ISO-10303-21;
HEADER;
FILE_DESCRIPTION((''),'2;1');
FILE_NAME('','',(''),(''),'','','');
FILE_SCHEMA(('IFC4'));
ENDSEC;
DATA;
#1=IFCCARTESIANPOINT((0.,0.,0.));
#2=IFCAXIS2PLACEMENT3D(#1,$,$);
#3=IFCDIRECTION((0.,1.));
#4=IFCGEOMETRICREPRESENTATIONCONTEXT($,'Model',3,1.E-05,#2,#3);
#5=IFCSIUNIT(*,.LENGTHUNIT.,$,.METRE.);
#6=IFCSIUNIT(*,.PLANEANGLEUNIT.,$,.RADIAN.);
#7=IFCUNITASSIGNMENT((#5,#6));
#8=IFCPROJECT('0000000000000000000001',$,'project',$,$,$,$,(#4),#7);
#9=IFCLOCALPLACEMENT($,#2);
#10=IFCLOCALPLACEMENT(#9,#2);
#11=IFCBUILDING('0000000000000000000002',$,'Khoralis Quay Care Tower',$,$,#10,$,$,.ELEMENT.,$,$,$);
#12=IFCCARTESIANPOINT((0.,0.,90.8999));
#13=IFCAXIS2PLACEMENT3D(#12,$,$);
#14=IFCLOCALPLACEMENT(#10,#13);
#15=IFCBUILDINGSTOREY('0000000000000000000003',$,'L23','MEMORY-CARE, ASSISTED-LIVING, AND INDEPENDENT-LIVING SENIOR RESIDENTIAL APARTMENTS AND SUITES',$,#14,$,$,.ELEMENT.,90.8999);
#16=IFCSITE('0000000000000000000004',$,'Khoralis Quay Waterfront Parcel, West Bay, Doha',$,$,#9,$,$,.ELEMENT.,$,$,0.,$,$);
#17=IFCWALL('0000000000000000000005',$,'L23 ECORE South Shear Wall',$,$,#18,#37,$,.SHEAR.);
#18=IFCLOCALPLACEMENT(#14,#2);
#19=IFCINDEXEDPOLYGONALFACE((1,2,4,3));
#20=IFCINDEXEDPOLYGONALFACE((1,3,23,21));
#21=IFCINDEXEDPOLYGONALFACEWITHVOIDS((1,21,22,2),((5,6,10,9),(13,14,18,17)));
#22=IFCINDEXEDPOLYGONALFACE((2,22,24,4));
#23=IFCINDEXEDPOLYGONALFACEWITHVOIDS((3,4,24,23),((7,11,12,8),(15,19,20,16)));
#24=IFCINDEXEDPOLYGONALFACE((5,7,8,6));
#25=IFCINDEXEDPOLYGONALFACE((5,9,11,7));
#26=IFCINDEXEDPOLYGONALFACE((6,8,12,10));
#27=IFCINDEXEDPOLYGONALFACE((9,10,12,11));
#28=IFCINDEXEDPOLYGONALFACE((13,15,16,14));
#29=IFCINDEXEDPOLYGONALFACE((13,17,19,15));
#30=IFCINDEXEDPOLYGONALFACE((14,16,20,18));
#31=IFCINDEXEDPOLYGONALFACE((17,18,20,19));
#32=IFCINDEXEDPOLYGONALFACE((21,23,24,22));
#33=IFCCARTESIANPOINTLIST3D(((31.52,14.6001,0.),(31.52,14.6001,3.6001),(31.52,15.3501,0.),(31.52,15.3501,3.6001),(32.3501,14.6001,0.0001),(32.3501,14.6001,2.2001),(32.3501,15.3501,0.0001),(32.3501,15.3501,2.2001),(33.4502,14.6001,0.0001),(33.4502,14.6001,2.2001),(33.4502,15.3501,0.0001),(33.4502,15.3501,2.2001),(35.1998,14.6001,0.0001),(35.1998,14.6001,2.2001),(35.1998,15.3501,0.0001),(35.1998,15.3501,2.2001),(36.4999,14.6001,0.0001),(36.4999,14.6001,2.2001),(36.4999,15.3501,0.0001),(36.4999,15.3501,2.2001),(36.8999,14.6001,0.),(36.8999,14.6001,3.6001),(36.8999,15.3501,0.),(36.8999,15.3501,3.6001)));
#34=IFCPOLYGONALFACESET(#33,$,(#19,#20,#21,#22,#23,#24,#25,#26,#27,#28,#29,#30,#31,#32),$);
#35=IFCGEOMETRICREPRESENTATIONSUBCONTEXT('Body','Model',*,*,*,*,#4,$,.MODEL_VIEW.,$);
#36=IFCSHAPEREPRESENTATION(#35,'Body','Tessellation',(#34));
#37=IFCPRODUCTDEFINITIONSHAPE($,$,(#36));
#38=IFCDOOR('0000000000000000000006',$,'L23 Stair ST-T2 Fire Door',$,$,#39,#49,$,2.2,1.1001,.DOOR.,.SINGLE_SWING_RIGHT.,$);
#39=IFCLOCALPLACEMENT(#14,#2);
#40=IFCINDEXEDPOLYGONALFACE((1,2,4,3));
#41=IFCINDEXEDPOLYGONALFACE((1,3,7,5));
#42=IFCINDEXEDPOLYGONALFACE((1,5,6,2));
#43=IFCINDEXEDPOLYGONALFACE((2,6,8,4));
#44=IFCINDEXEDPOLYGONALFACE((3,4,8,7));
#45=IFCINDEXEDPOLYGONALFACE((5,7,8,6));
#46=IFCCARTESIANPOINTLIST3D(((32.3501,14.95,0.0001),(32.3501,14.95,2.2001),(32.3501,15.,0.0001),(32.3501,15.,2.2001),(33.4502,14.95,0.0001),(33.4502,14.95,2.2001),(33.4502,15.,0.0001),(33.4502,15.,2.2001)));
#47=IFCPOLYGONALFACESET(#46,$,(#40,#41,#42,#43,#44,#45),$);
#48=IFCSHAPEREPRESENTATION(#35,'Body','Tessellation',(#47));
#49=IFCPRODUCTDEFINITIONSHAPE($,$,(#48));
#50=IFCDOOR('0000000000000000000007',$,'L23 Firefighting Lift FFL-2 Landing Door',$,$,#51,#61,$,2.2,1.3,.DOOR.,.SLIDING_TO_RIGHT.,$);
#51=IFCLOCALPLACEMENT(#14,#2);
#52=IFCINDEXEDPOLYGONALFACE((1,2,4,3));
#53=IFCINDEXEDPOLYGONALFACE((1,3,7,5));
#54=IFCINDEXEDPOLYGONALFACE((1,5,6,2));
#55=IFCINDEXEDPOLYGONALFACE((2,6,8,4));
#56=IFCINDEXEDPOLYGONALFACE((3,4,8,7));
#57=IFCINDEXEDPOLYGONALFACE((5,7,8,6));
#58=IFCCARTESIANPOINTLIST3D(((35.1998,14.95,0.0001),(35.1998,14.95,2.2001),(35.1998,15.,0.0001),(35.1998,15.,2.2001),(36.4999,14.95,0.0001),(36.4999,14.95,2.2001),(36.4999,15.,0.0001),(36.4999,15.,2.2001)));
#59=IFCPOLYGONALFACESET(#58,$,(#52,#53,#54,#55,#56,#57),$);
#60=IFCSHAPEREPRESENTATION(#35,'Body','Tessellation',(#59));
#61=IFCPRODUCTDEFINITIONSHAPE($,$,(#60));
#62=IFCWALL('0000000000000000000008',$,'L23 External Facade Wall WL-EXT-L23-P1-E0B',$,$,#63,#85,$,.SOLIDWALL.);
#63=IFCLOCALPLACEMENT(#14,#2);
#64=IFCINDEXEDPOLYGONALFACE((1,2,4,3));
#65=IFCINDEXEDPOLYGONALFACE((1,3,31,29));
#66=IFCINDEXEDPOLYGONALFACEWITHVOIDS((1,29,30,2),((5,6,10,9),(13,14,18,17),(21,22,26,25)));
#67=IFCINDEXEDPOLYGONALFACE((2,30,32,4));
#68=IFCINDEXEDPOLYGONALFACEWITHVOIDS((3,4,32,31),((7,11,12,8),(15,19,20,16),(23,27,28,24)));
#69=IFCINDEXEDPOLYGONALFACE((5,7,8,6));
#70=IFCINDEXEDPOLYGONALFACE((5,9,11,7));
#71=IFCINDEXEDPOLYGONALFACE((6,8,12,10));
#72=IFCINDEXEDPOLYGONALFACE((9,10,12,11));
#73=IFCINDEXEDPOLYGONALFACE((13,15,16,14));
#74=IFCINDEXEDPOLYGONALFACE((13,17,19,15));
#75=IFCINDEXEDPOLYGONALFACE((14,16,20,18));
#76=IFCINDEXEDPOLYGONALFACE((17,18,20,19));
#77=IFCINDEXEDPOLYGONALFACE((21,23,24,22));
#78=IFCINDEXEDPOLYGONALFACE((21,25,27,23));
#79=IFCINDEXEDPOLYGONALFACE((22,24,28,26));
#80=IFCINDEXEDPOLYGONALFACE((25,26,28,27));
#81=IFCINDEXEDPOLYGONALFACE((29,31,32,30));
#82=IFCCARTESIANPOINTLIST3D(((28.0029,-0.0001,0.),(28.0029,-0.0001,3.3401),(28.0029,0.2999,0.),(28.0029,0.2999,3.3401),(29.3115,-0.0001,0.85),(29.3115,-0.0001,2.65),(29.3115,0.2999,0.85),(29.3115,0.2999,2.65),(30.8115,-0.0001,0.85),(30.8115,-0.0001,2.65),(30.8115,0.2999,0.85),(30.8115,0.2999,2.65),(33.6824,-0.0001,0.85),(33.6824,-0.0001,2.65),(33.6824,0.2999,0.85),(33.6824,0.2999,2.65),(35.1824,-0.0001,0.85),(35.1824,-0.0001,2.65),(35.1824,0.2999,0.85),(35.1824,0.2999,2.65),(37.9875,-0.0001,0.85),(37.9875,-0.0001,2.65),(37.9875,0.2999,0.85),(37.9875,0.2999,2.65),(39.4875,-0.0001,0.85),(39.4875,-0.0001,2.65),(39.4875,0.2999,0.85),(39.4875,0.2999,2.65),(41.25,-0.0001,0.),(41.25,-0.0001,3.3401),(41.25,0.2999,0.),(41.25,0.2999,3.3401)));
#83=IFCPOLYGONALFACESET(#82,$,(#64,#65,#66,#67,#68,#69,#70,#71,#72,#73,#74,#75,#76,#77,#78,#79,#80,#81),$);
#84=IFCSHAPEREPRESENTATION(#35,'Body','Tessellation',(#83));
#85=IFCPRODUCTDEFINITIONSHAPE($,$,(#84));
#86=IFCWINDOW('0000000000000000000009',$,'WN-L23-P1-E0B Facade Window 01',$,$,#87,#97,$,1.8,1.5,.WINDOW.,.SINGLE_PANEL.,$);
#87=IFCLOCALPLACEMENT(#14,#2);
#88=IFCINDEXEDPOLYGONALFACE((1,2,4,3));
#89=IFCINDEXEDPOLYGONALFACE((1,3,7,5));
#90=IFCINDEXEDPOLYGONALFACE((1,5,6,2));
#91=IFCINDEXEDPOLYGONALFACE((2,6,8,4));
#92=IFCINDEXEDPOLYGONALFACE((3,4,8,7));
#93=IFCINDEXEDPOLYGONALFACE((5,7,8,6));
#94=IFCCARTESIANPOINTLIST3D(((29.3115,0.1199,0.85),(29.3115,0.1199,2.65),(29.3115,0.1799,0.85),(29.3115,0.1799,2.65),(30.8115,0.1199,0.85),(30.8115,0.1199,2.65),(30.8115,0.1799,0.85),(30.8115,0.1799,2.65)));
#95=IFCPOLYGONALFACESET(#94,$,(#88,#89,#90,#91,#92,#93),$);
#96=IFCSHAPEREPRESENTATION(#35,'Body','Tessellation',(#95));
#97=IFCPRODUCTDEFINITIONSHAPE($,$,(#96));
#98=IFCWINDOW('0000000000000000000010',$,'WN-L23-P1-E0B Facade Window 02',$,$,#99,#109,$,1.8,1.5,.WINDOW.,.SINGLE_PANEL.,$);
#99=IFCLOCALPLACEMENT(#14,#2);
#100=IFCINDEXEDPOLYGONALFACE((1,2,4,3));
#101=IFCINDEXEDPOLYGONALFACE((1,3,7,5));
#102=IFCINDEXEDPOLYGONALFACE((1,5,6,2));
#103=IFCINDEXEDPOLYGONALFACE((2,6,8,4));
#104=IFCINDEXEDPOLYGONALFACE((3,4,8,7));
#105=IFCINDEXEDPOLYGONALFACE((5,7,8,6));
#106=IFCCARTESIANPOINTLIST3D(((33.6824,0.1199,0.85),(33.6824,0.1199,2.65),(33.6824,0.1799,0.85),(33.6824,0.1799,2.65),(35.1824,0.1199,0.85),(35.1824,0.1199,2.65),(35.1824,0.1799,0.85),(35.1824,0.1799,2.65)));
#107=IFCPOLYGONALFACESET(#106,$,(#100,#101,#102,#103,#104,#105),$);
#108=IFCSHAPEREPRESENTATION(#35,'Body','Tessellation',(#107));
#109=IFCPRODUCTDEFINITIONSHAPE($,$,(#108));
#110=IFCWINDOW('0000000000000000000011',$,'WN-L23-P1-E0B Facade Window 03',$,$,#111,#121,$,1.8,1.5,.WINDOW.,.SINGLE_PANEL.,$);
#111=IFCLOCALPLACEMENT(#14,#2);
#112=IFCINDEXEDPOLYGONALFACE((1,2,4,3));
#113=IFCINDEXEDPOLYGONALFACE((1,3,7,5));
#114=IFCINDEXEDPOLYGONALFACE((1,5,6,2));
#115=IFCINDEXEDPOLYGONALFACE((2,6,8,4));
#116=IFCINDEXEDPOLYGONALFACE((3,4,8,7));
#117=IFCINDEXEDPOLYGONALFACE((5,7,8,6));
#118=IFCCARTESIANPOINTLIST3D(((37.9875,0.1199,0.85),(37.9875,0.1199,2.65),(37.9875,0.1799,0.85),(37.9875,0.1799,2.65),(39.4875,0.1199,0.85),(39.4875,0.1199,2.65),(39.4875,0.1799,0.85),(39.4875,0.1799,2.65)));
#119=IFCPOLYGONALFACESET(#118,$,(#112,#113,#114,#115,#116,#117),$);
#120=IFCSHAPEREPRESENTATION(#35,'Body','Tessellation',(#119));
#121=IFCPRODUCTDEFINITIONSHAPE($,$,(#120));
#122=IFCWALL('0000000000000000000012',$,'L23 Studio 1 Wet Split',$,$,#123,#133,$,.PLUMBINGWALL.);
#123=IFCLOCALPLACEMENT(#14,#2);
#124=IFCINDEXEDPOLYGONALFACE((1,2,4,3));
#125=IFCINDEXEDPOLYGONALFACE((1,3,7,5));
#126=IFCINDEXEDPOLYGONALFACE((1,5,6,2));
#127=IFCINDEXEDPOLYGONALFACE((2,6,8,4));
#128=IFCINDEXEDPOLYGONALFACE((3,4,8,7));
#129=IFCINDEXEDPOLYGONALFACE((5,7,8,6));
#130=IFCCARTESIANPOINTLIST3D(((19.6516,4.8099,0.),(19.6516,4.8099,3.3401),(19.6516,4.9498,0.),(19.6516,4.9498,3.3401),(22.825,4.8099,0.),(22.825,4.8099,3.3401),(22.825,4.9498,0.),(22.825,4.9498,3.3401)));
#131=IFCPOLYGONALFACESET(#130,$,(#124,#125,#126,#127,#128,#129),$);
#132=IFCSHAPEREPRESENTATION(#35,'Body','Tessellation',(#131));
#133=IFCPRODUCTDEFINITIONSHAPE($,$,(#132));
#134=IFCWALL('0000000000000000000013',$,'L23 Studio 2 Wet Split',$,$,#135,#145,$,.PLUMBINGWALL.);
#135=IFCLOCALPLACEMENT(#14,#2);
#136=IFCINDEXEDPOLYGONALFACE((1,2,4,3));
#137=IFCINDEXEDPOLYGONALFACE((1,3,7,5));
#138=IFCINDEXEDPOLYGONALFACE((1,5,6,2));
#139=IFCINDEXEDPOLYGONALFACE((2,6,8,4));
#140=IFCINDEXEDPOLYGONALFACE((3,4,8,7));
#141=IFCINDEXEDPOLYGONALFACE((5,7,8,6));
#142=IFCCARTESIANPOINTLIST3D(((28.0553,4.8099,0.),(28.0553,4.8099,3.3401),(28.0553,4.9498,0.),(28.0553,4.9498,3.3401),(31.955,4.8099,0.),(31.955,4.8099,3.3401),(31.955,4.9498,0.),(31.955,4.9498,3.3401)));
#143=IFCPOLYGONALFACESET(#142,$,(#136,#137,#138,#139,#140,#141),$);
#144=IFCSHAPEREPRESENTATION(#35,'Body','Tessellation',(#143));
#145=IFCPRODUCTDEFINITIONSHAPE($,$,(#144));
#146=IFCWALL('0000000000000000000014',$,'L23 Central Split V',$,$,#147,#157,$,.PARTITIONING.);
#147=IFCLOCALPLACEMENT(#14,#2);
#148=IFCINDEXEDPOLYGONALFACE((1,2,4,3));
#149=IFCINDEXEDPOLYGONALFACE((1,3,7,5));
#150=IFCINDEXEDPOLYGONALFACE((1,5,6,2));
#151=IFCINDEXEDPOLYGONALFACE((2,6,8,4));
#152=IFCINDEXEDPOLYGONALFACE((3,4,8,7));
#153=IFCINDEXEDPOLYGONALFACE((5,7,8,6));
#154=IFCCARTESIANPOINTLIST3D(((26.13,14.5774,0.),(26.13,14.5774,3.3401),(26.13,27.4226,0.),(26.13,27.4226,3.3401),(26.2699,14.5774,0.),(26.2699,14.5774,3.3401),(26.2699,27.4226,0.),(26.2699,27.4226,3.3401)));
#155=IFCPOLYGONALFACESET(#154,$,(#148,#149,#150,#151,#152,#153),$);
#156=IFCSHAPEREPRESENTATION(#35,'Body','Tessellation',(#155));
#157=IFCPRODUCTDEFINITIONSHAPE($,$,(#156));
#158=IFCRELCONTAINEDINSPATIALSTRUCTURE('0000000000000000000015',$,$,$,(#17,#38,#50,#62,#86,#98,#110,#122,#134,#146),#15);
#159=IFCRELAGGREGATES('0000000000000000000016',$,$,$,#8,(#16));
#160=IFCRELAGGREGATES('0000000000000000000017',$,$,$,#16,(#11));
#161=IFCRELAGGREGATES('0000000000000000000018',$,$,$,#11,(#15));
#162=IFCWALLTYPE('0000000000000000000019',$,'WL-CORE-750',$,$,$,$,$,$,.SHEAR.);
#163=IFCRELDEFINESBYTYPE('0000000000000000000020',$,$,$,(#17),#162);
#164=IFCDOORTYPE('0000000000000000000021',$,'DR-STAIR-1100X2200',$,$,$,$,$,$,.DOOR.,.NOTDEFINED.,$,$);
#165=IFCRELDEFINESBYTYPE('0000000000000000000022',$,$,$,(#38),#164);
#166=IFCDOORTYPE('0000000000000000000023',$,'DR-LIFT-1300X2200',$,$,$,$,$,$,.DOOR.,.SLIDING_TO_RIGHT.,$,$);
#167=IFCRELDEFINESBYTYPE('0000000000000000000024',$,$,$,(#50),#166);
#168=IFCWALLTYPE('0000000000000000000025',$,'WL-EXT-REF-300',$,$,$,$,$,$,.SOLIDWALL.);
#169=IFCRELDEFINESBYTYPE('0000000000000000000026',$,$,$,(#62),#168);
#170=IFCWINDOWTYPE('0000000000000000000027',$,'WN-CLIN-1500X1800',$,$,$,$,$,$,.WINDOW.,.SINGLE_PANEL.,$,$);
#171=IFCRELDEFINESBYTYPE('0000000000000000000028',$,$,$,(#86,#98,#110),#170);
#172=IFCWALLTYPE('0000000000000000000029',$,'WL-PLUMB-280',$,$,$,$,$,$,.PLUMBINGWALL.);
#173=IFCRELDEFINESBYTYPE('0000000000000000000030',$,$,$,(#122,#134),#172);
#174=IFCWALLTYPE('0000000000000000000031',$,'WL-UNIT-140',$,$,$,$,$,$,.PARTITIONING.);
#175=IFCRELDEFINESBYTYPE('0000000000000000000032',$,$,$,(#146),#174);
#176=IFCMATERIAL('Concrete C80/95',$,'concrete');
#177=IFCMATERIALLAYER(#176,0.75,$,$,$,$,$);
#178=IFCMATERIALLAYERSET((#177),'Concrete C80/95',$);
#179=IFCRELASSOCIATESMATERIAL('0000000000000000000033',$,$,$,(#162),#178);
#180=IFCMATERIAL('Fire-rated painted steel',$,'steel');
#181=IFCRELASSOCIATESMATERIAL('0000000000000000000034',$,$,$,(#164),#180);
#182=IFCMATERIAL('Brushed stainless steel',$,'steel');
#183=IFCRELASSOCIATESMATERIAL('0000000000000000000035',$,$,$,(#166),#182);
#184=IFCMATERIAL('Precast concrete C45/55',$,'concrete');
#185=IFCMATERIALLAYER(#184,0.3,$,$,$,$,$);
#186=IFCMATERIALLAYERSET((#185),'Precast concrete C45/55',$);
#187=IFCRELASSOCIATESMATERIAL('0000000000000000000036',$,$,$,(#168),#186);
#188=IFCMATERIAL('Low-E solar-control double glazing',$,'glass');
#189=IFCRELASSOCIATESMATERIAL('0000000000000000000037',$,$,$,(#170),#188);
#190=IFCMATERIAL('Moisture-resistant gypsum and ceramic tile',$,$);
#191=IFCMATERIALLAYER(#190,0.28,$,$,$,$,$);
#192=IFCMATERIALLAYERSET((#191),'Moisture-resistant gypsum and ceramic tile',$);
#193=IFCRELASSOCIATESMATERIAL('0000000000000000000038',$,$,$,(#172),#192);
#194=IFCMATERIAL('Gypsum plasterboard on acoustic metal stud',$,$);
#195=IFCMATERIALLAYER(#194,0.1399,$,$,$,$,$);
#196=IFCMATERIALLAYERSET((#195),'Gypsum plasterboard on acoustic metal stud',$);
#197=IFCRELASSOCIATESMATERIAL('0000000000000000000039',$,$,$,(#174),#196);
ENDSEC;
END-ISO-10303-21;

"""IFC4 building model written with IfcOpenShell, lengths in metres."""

from ifc_helpers import new_model, si_unit, direction, frame, frame_2d, origin, place, context, subcontext, project, spatial, rectangle, extrude, source, transform, mapped, material, layer, layer_set, type_object, element, fill, save


model = new_model("IFC4")

# Units and contexts
model_context = context("Model", 3, precision=1e-05, world=origin(), true_north=direction((0.0, 1.0)))
body_context = subcontext(model_context, "Body", "Model", "MODEL_VIEW")
ifc_project = project(units=[si_unit("LENGTHUNIT", "METRE"), si_unit("PLANEANGLEUNIT", "RADIAN")], contexts=[model_context])

# Site, building, storey
site_placement = place(None, origin())
site = spatial("IfcSite", under=ifc_project, at=site_placement, Name="Khoralis Quay Waterfront Parcel, West Bay, Doha", CompositionType="ELEMENT", RefElevation=0.0)
building_placement = place(site_placement, origin())
building = spatial("IfcBuilding", under=site, at=building_placement, Name="Khoralis Quay Care Tower", CompositionType="ELEMENT")
storey_placement = place(building_placement, frame((0.0, 0.0, 90.8999)))
storey = spatial("IfcBuildingStorey", under=building, at=storey_placement, Name="L23", Description="MEMORY-CARE, ASSISTED-LIVING, AND INDEPENDENT-LIVING SENIOR RESIDENTIAL APARTMENTS AND SUITES", CompositionType="ELEMENT", Elevation=90.8999)

# Shared definitions
ifc_material_1 = material(Name="Low-E solar-control double glazing", Category="glass")

# Shared definitions
ifc_material_2 = material(Name="Gypsum plasterboard on acoustic metal stud")
ifc_material_3 = material(Name="Fire-rated painted steel", Category="steel")

# Shared definitions
ifc_material_4 = material(Name="Concrete C80/95", Category="concrete")
ifc_layer_1 = layer(ifc_material_4, 0.75)
ifc_layer_set_1 = layer_set([ifc_layer_1], Name="Concrete C80/95")
wall_type_1 = type_object("IfcWallType", Name="WL-CORE-750", PredefinedType="SHEAR", material=ifc_layer_set_1)

# Wall, openings, doors
wall_1_placement = place(storey_placement, frame((31.52, 14.9751, 0.0), z_axis=(0.0, 0.0, 1.0), x_axis=(1.0, 0.0, 0.0)))
wall_1 = element("IfcWall", 1, at=wall_1_placement, inside=storey, type_object=wall_type_1, Name="L23 ECORE South Shear Wall", PredefinedType="SHEAR", context=body_context, shape_type="SweptSolid", body=[
    extrude(rectangle(XDim=5.3799, YDim=0.75, at=frame_2d((2.6899, 0.0))), origin(), (0.0, 0.0, 1.0), 3.6001),
])
opening_1_placement = place(wall_1_placement, frame((0.8301, 0.0, 0.0)))
opening_1 = element("IfcOpeningElement", 2, at=opening_1_placement, cuts=wall_1, PredefinedType="OPENING", context=body_context, shape_type="SweptSolid", body=[
    extrude(rectangle(XDim=1.1001, YDim=2.2, at=frame_2d((0.55, 1.1001))), frame((0.0, 0.385, 0.0), z_axis=(0.0, -1.0, 0.0), x_axis=(1.0, 0.0, 0.0)), (0.0, 0.0, 1.0), 0.77),
])
opening_2_placement = place(wall_1_placement, frame((3.6799, 0.0, 0.0)))
opening_2 = element("IfcOpeningElement", 3, at=opening_2_placement, cuts=wall_1, PredefinedType="OPENING", context=body_context, shape_type="SweptSolid", body=[
    extrude(rectangle(XDim=1.3, YDim=2.2, at=frame_2d((0.6499, 1.1001))), frame((0.0, 0.385, 0.0), z_axis=(0.0, -1.0, 0.0), x_axis=(1.0, 0.0, 0.0)), (0.0, 0.0, 1.0), 0.77),
])
door_type_1 = type_object("IfcDoorType", Name="DR-STAIR-1100X2200", OperationType="NOTDEFINED", PredefinedType="DOOR", material=ifc_material_3)
shared_shape_1 = source(origin(), body_context, "Body", "SweptSolid", [
    extrude(rectangle(XDim=1.1001, YDim=2.2, at=frame_2d((0.55, 1.1001))), frame((0.0, 0.0249, 0.0), z_axis=(0.0, -1.0, 0.0), x_axis=(1.0, 0.0, 0.0)), (0.0, 0.0, 1.0), 0.05),
])
door_1_placement = place(opening_1_placement, origin())
door_1 = element("IfcDoor", 4, at=door_1_placement, inside=storey, type_object=door_type_1, Name="L23 Stair ST-T2 Fire Door", OperationType="SINGLE_SWING_RIGHT", OverallHeight=2.2, OverallWidth=1.1001, PredefinedType="DOOR", context=body_context, shape_type="MappedRepresentation", body=[
    mapped(shared_shape_1, transform((0.0, 0.0, 0.0), scale=1.0)),
])
fill(opening_1, door_1)
ifc_material_5 = material(Name="Brushed stainless steel", Category="steel")
door_type_2 = type_object("IfcDoorType", Name="DR-LIFT-1300X2200", OperationType="SLIDING_TO_RIGHT", PredefinedType="DOOR", material=ifc_material_5)
shared_shape_2 = source(origin(), body_context, "Body", "SweptSolid", [
    extrude(rectangle(XDim=1.3, YDim=2.2, at=frame_2d((0.6499, 1.1001))), frame((0.0, 0.0249, 0.0), z_axis=(0.0, -1.0, 0.0), x_axis=(1.0, 0.0, 0.0)), (0.0, 0.0, 1.0), 0.05),
])
door_2_placement = place(opening_2_placement, origin())
door_2 = element("IfcDoor", 5, at=door_2_placement, inside=storey, type_object=door_type_2, Name="L23 Firefighting Lift FFL-2 Landing Door", OperationType="SLIDING_TO_RIGHT", OverallHeight=2.2, OverallWidth=1.3, PredefinedType="DOOR", context=body_context, shape_type="MappedRepresentation", body=[
    mapped(shared_shape_2, transform((0.0, 0.0, 0.0), scale=1.0)),
])
fill(opening_2, door_2)

# Wall, openings, windows
ifc_material_6 = material(Name="Precast concrete C45/55", Category="concrete")
ifc_layer_2 = layer(ifc_material_6, 0.3)
ifc_layer_set_2 = layer_set([ifc_layer_2], Name="Precast concrete C45/55")
wall_type_2 = type_object("IfcWallType", Name="WL-EXT-REF-300", PredefinedType="SOLIDWALL", material=ifc_layer_set_2)
wall_2_placement = place(storey_placement, frame((28.0029, 0.1499, 0.0), z_axis=(0.0, 0.0, 1.0), x_axis=(1.0, 0.0, 0.0)))
wall_2 = element("IfcWall", 6, at=wall_2_placement, inside=storey, type_object=wall_type_2, Name="L23 External Facade Wall WL-EXT-L23-P1-E0B", PredefinedType="SOLIDWALL", context=body_context, shape_type="SweptSolid", body=[
    extrude(rectangle(XDim=13.2471, YDim=0.3, at=frame_2d((6.6235, 0.0))), origin(), (0.0, 0.0, 1.0), 3.3401),
])
opening_3_placement = place(wall_2_placement, frame((1.3086, 0.0, 0.8501)))
opening_3 = element("IfcOpeningElement", 7, at=opening_3_placement, cuts=wall_2, PredefinedType="OPENING", context=body_context, shape_type="SweptSolid", body=[
    extrude(rectangle(XDim=1.5, YDim=1.8, at=frame_2d((0.75, 0.8999))), frame((0.0, 0.1602, 0.0), z_axis=(0.0, -1.0, 0.0), x_axis=(1.0, 0.0, 0.0)), (0.0, 0.0, 1.0), 0.3201),
])
opening_4_placement = place(wall_2_placement, frame((5.6794, 0.0, 0.8501)))
opening_4 = element("IfcOpeningElement", 8, at=opening_4_placement, cuts=wall_2, PredefinedType="OPENING", context=body_context, shape_type="SweptSolid", body=[
    extrude(rectangle(XDim=1.5, YDim=1.8, at=frame_2d((0.75, 0.8999))), frame((0.0, 0.1602, 0.0), z_axis=(0.0, -1.0, 0.0), x_axis=(1.0, 0.0, 0.0)), (0.0, 0.0, 1.0), 0.3201),
])
opening_5_placement = place(wall_2_placement, frame((9.9846, 0.0, 0.8501)))
opening_5 = element("IfcOpeningElement", 9, at=opening_5_placement, cuts=wall_2, PredefinedType="OPENING", context=body_context, shape_type="SweptSolid", body=[
    extrude(rectangle(XDim=1.5, YDim=1.8, at=frame_2d((0.75, 0.8999))), frame((0.0, 0.1602, 0.0), z_axis=(0.0, -1.0, 0.0), x_axis=(1.0, 0.0, 0.0)), (0.0, 0.0, 1.0), 0.3201),
])
window_type = type_object("IfcWindowType", Name="WN-CLIN-1500X1800", PartitioningType="SINGLE_PANEL", PredefinedType="WINDOW", material=ifc_material_1)
shared_shape_3 = source(origin(), body_context, "Body", "SweptSolid", [
    extrude(rectangle(XDim=1.5, YDim=1.8, at=frame_2d((0.75, 0.8999))), frame((0.0, 0.03, 0.0), z_axis=(0.0, -1.0, 0.0), x_axis=(1.0, 0.0, 0.0)), (0.0, 0.0, 1.0), 0.0601),
])
window_1_placement = place(opening_3_placement, origin())
window_1 = element("IfcWindow", 10, at=window_1_placement, inside=storey, type_object=window_type, Name="WN-L23-P1-E0B Facade Window 01", OverallHeight=1.8, OverallWidth=1.5, PartitioningType="SINGLE_PANEL", PredefinedType="WINDOW", context=body_context, shape_type="MappedRepresentation", body=[
    mapped(shared_shape_3, transform((0.0, 0.0, 0.0), scale=1.0)),
])
fill(opening_3, window_1)
window_2_placement = place(opening_4_placement, origin())
window_2 = element("IfcWindow", 11, at=window_2_placement, inside=storey, type_object=window_type, Name="WN-L23-P1-E0B Facade Window 02", OverallHeight=1.8, OverallWidth=1.5, PartitioningType="SINGLE_PANEL", PredefinedType="WINDOW", context=body_context, shape_type="MappedRepresentation", body=[
    mapped(shared_shape_3, transform((0.0, 0.0, 0.0), scale=1.0)),
])
fill(opening_4, window_2)
window_3_placement = place(opening_5_placement, origin())
window_3 = element("IfcWindow", 12, at=window_3_placement, inside=storey, type_object=window_type, Name="WN-L23-P1-E0B Facade Window 03", OverallHeight=1.8, OverallWidth=1.5, PartitioningType="SINGLE_PANEL", PredefinedType="WINDOW", context=body_context, shape_type="MappedRepresentation", body=[
    mapped(shared_shape_3, transform((0.0, 0.0, 0.0), scale=1.0)),
])
fill(opening_5, window_3)

# Walls
ifc_material_7 = material(Name="Moisture-resistant gypsum and ceramic tile")
ifc_layer_3 = layer(ifc_material_7, 0.28)
ifc_layer_set_3 = layer_set([ifc_layer_3], Name="Moisture-resistant gypsum and ceramic tile")
wall_type_3 = type_object("IfcWallType", Name="WL-PLUMB-280", PredefinedType="PLUMBINGWALL", material=ifc_layer_set_3)
wall_3_placement = place(storey_placement, frame((19.6516, 4.8799, 0.0), z_axis=(0.0, 0.0, 1.0), x_axis=(1.0, 0.0, 0.0)))
element("IfcWall", 13, at=wall_3_placement, inside=storey, type_object=wall_type_3, Name="L23 Studio 1 Wet Split", PredefinedType="PLUMBINGWALL", context=body_context, shape_type="SweptSolid", body=[
    extrude(rectangle(XDim=3.1733, YDim=0.1399, at=frame_2d((1.5867, 0.0))), origin(), (0.0, 0.0, 1.0), 3.3401),
])
wall_4_placement = place(storey_placement, frame((28.0554, 4.8799, 0.0), z_axis=(0.0, 0.0, 1.0), x_axis=(1.0, 0.0, 0.0)))
element("IfcWall", 14, at=wall_4_placement, inside=storey, type_object=wall_type_3, Name="L23 Studio 2 Wet Split", PredefinedType="PLUMBINGWALL", context=body_context, shape_type="SweptSolid", body=[
    extrude(rectangle(XDim=3.8997, YDim=0.1399, at=frame_2d((1.9497, 0.0))), origin(), (0.0, 0.0, 1.0), 3.3401),
])
ifc_layer_4 = layer(ifc_material_2, 0.1399)
ifc_layer_set_4 = layer_set([ifc_layer_4], Name="Gypsum plasterboard on acoustic metal stud")
wall_type_4 = type_object("IfcWallType", Name="WL-UNIT-140", PredefinedType="PARTITIONING", material=ifc_layer_set_4)
wall_5_placement = place(storey_placement, frame((26.2, 14.5774, 0.0), z_axis=(0.0, 0.0, 1.0), x_axis=(0.0, 1.0, 0.0)))
element("IfcWall", 15, at=wall_5_placement, inside=storey, type_object=wall_type_4, Name="L23 Central Split V", PredefinedType="PARTITIONING", context=body_context, shape_type="SweptSolid", body=[
    extrude(rectangle(XDim=12.8452, YDim=0.1399, at=frame_2d((6.4226, 0.0))), origin(), (0.0, 0.0, 1.0), 3.3401),
])

save(model, "model.ifc")
